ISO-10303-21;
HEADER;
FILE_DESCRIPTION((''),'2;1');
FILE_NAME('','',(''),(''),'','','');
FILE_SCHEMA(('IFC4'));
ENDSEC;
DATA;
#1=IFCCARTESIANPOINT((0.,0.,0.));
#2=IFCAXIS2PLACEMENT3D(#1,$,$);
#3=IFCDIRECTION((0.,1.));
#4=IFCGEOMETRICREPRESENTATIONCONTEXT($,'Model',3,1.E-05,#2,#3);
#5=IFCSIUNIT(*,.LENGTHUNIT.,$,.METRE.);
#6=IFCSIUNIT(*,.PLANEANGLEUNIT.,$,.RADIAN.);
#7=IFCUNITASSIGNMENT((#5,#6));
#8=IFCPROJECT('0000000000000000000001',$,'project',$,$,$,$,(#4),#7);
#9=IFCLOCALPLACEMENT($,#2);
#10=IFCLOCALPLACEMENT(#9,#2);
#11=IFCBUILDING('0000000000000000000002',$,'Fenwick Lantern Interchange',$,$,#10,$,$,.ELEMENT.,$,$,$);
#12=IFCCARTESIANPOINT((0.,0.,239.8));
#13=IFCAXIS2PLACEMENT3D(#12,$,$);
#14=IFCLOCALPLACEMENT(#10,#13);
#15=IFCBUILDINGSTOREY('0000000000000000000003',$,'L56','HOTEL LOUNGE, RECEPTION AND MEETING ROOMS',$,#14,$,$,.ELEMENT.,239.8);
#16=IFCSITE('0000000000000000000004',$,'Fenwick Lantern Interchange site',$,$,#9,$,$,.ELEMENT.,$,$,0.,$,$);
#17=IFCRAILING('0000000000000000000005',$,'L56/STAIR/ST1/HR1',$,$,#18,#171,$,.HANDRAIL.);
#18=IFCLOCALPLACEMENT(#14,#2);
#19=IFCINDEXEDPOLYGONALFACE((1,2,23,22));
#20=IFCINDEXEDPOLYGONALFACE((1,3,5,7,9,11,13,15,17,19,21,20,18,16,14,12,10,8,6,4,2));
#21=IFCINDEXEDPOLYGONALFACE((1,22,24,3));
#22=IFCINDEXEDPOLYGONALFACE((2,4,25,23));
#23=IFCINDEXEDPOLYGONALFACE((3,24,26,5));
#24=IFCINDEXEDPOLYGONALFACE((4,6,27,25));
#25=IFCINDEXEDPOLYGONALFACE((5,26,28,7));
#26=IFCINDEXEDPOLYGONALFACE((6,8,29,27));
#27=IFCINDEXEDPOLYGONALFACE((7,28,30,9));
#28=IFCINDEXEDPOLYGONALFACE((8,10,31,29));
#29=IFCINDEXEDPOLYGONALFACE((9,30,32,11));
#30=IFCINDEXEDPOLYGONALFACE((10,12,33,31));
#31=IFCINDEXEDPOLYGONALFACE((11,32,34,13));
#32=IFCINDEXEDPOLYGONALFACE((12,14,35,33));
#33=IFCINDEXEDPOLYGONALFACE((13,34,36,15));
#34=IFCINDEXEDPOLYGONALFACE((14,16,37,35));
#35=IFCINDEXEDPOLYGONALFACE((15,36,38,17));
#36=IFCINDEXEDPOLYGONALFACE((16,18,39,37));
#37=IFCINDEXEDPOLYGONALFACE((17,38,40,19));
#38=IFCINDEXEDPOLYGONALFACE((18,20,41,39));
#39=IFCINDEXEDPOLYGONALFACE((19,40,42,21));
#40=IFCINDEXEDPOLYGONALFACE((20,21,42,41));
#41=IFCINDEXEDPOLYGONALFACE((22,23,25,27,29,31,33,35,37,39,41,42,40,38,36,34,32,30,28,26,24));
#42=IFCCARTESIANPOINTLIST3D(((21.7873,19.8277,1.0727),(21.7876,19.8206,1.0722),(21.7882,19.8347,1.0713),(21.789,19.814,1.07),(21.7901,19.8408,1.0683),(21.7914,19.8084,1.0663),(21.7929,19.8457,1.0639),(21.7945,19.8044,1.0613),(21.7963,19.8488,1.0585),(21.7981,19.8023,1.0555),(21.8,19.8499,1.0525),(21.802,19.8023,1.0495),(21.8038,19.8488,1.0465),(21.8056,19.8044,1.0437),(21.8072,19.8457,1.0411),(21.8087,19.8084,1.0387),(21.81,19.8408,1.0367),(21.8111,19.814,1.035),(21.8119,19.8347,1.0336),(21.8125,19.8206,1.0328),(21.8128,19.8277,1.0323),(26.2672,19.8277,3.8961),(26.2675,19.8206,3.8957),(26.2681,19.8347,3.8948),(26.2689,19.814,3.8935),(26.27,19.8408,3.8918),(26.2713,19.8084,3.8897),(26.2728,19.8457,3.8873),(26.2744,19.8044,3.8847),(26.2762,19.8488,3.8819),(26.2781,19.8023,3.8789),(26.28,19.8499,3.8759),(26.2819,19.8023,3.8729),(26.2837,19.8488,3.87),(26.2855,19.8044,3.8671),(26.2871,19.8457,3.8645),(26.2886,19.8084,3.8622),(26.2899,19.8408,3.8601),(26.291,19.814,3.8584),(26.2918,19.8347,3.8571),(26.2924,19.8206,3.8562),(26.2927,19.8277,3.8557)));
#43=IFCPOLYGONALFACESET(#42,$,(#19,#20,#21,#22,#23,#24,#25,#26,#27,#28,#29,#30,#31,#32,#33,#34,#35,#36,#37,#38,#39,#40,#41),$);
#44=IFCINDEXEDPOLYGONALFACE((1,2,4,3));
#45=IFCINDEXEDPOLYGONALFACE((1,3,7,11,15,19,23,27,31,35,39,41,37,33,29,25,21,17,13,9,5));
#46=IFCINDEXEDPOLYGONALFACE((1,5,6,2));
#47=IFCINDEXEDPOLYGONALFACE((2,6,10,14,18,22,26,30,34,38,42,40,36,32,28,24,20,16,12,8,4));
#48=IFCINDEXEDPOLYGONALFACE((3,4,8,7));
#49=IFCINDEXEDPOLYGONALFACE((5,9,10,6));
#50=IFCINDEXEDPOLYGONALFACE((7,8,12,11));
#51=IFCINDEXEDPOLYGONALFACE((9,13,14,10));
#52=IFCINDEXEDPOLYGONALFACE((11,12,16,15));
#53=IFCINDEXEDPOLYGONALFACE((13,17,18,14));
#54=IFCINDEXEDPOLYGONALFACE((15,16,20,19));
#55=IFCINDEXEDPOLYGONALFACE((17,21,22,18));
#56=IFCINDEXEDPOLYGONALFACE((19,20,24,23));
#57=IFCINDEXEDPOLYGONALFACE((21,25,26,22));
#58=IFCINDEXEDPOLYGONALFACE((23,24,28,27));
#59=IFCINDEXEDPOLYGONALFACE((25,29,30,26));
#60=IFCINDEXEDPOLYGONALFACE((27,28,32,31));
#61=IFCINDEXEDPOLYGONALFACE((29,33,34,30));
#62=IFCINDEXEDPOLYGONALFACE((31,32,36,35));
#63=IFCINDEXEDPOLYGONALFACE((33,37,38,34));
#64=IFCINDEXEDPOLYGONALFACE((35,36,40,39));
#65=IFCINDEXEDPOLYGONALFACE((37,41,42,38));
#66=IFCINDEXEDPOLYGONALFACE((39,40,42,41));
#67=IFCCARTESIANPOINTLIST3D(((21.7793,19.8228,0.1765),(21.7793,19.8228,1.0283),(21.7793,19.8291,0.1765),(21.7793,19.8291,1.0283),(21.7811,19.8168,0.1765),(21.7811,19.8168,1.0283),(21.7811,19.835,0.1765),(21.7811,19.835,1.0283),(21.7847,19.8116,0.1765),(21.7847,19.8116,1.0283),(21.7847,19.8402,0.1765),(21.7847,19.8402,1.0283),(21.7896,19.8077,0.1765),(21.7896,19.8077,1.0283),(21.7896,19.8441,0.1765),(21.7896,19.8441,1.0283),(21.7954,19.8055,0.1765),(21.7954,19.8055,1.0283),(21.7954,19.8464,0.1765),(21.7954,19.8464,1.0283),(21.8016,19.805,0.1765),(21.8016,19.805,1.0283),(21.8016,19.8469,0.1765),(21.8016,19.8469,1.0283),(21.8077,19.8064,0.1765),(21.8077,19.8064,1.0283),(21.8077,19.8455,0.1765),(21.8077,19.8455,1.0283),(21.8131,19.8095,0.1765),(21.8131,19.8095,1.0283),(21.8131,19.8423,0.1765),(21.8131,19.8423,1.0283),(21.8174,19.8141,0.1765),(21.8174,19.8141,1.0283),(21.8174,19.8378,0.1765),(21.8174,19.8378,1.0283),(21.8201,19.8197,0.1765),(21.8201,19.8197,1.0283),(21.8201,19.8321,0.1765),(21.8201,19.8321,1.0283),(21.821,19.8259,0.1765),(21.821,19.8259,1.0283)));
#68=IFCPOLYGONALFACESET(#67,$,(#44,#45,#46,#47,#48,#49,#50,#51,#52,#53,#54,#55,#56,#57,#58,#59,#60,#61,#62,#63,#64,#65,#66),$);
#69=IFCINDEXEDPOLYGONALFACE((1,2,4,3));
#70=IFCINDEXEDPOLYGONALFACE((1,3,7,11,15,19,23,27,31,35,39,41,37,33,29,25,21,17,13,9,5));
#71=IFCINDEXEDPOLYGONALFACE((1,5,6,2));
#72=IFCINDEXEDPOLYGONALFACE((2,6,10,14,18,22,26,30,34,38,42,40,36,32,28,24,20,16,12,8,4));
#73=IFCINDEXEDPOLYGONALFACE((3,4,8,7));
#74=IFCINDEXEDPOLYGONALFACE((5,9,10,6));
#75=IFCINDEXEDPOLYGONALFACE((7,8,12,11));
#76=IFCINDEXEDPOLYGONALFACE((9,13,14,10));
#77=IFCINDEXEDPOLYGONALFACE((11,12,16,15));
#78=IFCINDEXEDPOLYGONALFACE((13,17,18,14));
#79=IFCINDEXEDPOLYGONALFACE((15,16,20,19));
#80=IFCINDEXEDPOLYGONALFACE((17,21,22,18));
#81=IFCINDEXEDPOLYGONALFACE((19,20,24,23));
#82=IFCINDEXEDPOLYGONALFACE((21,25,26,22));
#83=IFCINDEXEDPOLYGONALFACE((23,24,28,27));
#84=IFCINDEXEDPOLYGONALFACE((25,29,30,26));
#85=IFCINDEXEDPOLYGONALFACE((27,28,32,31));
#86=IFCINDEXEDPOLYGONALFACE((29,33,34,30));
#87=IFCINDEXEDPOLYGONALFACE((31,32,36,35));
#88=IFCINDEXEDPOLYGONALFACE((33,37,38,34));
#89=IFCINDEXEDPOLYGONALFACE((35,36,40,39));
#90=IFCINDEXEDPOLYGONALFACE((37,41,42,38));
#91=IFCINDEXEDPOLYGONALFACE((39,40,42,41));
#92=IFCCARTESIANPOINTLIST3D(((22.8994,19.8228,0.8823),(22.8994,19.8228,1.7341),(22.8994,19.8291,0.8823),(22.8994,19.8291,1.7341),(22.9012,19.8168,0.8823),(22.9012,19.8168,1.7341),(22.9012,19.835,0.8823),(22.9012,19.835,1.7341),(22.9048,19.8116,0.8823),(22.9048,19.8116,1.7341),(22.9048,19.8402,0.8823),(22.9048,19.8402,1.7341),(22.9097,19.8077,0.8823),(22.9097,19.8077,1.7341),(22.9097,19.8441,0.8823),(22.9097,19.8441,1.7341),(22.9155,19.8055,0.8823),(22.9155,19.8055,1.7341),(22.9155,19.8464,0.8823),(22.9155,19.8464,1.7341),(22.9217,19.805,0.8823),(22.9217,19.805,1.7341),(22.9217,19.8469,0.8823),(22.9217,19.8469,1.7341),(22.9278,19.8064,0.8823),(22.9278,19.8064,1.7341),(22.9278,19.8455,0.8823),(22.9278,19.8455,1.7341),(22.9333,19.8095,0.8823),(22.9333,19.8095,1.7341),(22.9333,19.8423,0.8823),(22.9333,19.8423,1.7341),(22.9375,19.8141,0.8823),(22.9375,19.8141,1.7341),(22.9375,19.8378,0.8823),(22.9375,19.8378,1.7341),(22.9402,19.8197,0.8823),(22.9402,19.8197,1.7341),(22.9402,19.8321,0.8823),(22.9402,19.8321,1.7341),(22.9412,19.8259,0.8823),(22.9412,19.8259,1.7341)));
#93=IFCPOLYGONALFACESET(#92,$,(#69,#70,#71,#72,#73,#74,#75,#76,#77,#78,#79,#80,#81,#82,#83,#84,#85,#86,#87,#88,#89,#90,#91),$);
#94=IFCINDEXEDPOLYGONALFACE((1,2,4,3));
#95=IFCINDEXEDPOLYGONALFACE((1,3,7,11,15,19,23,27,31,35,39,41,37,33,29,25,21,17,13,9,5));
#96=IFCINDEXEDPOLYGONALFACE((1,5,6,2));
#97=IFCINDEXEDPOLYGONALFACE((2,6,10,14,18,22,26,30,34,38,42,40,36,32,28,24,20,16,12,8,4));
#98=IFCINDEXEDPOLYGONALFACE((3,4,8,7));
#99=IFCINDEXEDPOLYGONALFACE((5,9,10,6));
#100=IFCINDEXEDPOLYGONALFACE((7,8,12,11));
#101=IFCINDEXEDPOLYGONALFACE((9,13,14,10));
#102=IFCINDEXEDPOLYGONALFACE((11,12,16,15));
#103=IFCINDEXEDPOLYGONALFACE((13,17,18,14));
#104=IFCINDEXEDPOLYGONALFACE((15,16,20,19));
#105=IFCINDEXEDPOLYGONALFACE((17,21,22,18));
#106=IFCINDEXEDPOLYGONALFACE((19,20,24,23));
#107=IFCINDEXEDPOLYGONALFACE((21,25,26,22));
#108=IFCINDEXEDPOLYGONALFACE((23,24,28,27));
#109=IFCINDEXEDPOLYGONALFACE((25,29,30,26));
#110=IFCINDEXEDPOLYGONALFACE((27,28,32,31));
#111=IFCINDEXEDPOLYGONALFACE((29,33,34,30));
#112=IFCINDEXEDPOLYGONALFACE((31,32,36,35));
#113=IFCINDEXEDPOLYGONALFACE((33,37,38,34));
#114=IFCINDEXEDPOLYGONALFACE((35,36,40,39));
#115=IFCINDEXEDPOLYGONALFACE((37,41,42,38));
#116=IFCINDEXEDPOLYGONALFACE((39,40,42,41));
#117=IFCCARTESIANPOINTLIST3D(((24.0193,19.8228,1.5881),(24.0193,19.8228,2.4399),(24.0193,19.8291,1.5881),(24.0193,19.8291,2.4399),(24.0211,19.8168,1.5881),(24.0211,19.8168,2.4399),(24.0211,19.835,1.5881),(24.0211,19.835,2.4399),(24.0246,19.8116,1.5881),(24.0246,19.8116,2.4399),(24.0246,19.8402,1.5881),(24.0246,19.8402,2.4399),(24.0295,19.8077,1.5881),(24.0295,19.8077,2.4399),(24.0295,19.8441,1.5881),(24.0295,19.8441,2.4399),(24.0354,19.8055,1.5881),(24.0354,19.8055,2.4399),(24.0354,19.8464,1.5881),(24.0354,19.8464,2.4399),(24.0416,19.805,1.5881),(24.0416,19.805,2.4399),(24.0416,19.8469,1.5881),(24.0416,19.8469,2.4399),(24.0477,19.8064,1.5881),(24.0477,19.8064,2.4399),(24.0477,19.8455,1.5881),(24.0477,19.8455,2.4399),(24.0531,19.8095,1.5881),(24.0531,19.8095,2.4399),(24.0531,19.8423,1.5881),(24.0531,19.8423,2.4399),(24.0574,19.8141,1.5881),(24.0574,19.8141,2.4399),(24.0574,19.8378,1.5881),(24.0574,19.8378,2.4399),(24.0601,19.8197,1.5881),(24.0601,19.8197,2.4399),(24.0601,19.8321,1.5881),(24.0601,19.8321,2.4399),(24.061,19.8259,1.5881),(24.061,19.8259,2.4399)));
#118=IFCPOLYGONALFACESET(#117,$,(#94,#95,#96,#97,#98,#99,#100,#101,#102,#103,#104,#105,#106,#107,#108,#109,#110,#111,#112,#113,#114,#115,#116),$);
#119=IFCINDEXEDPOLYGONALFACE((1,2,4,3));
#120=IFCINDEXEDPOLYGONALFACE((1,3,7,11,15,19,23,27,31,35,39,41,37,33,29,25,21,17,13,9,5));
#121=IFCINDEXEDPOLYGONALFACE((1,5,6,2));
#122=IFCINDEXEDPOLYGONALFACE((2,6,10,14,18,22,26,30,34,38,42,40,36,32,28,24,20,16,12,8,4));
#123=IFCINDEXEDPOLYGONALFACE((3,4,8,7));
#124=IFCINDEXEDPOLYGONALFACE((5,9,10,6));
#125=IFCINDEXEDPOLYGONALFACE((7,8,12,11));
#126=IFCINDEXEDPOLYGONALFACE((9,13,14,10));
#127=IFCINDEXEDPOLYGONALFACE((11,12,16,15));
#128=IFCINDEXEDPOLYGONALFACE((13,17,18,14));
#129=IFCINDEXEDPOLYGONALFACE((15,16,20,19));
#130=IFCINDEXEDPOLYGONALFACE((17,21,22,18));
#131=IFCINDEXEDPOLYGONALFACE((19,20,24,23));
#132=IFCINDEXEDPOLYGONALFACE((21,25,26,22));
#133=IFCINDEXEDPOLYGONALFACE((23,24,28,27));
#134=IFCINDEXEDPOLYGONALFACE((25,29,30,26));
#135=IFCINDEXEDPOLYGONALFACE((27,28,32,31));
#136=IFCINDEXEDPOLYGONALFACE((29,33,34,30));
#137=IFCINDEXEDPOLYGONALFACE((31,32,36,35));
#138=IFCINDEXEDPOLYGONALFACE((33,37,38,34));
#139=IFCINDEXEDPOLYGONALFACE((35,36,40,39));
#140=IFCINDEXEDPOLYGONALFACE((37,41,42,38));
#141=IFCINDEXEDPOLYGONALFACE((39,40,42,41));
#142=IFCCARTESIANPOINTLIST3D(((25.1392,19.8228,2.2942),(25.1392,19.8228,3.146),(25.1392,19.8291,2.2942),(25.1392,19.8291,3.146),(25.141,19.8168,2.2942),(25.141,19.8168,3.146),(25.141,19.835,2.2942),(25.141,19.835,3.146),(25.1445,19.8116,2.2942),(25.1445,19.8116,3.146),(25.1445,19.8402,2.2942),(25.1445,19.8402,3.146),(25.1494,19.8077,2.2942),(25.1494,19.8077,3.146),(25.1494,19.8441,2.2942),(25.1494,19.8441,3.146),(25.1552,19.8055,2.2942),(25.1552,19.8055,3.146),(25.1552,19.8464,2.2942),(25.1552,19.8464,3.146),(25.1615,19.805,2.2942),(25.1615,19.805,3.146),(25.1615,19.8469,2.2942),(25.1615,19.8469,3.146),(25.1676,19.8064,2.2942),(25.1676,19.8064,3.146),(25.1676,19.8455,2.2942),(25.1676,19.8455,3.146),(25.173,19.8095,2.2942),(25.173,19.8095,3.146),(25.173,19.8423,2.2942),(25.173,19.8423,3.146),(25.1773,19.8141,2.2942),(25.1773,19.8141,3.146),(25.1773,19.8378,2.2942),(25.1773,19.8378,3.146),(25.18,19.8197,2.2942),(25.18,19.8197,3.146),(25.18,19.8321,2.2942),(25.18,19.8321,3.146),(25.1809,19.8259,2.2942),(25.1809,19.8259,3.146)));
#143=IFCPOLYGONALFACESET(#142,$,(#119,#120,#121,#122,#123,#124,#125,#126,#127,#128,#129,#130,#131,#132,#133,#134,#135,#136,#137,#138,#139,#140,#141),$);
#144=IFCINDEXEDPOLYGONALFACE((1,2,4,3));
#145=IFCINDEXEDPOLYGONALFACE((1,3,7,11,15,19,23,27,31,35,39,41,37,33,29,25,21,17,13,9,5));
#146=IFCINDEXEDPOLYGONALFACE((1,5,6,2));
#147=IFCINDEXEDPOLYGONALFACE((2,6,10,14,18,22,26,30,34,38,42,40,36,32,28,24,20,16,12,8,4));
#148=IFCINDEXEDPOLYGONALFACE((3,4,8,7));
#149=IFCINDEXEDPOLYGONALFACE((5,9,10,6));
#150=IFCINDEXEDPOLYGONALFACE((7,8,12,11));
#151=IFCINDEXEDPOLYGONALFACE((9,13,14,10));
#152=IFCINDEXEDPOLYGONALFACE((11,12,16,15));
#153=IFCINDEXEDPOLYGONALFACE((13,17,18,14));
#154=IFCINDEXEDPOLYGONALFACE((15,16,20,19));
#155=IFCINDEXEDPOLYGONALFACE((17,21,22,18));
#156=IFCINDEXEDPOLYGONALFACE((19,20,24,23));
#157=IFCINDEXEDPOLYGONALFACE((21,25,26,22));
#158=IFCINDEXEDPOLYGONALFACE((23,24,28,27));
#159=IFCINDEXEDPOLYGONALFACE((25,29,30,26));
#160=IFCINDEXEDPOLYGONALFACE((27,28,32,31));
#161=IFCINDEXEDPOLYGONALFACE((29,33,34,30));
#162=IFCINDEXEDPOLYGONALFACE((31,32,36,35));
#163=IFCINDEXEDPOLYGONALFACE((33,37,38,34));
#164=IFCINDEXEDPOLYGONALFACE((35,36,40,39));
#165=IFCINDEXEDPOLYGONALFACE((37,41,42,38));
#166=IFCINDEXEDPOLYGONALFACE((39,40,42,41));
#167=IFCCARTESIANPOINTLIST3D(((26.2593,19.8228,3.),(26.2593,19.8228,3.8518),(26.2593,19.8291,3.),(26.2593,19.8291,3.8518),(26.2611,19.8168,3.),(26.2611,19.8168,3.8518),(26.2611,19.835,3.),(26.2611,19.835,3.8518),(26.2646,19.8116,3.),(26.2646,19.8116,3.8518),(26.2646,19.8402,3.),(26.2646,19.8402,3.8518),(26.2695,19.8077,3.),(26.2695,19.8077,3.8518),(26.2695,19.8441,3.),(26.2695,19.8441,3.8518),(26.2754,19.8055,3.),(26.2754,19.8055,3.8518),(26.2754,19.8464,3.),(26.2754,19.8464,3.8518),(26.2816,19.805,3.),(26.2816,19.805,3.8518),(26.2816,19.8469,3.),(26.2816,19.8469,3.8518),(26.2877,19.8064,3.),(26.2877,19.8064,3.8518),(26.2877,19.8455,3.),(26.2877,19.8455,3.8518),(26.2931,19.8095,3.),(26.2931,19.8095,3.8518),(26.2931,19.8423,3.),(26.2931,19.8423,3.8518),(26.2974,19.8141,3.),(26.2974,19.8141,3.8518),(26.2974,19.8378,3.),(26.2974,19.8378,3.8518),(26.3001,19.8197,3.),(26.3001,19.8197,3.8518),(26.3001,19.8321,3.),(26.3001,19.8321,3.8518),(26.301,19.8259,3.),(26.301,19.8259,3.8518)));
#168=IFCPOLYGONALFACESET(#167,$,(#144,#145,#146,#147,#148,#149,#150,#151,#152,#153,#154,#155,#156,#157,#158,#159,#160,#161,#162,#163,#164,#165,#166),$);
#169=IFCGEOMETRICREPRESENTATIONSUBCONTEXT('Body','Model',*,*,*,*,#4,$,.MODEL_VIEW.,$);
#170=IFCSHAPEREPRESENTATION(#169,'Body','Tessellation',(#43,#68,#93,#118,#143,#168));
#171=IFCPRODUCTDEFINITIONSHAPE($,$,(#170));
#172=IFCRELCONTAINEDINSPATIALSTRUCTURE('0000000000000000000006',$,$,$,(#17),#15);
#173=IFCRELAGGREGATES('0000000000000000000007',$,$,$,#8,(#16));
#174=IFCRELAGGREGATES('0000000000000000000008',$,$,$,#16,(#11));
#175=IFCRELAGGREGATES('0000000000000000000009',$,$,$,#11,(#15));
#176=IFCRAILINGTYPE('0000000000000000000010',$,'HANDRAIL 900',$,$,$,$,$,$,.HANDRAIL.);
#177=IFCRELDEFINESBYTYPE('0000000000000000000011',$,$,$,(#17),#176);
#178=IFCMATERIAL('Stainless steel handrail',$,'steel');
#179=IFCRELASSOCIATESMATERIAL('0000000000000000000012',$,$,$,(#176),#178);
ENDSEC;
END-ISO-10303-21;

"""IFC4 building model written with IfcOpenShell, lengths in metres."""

from ifc_helpers import new_model, si_unit, direction, frame, origin, origin_2d, place, context, subcontext, project, spatial, circle, extrude, material, type_object, element, save


model = new_model("IFC4")

# Units and contexts
model_context = context("Model", 3, precision=1e-05, world=origin(), true_north=direction((0.0, 1.0)))
body_context = subcontext(model_context, "Body", "Model", "MODEL_VIEW")
ifc_project = project(units=[si_unit("LENGTHUNIT", "METRE"), si_unit("PLANEANGLEUNIT", "RADIAN")], contexts=[model_context])

# Site, building, storey
site_placement = place(None, origin())
site = spatial("IfcSite", under=ifc_project, at=site_placement, Name="Fenwick Lantern Interchange site", CompositionType="ELEMENT", RefElevation=0.0)
building_placement = place(site_placement, origin())
building = spatial("IfcBuilding", under=site, at=building_placement, Name="Fenwick Lantern Interchange", CompositionType="ELEMENT")
storey_placement = place(building_placement, frame((0.0, 0.0, 239.8)))
storey = spatial("IfcBuildingStorey", under=building, at=storey_placement, Name="L56", Description="HOTEL LOUNGE, RECEPTION AND MEETING ROOMS", CompositionType="ELEMENT", Elevation=239.8)

# Railing
ifc_material_1 = material(Name="Stainless steel handrail", Category="steel")
railing_type = type_object("IfcRailingType", Name="HANDRAIL 900", PredefinedType="HANDRAIL", material=ifc_material_1)
railing_placement = place(storey_placement, frame((21.8, 19.8259, 0.1765)))
element("IfcRailing", 1, at=railing_placement, inside=storey, type_object=railing_type, Name="L56/STAIR/ST1/HR1", PredefinedType="HANDRAIL", context=body_context, shape_type="SweptSolid", body=[
    extrude(circle(Radius=0.0239, at=origin_2d()), frame((0.0, 0.0, 0.876), z_axis=(0.845998, 0.0, 0.533186), x_axis=(0.0, 1.0, 0.0)), (0.0, 0.0, 1.0), 5.2954),
    extrude(circle(Radius=0.021, at=origin_2d()), origin(), (0.0, 0.0, 1.0), 0.8518),
    extrude(circle(Radius=0.021, at=origin_2d()), frame((1.1201, 0.0, 0.7058)), (0.0, 0.0, 1.0), 0.8518),
    extrude(circle(Radius=0.021, at=origin_2d()), frame((2.24, 0.0, 1.4116)), (0.0, 0.0, 1.0), 0.8518),
    extrude(circle(Radius=0.021, at=origin_2d()), frame((3.3599, 0.0, 2.1177)), (0.0, 0.0, 1.0), 0.8518),
    extrude(circle(Radius=0.021, at=origin_2d()), frame((4.48, 0.0, 2.8235)), (0.0, 0.0, 1.0), 0.8518),
])

save(model, "model.ifc")
